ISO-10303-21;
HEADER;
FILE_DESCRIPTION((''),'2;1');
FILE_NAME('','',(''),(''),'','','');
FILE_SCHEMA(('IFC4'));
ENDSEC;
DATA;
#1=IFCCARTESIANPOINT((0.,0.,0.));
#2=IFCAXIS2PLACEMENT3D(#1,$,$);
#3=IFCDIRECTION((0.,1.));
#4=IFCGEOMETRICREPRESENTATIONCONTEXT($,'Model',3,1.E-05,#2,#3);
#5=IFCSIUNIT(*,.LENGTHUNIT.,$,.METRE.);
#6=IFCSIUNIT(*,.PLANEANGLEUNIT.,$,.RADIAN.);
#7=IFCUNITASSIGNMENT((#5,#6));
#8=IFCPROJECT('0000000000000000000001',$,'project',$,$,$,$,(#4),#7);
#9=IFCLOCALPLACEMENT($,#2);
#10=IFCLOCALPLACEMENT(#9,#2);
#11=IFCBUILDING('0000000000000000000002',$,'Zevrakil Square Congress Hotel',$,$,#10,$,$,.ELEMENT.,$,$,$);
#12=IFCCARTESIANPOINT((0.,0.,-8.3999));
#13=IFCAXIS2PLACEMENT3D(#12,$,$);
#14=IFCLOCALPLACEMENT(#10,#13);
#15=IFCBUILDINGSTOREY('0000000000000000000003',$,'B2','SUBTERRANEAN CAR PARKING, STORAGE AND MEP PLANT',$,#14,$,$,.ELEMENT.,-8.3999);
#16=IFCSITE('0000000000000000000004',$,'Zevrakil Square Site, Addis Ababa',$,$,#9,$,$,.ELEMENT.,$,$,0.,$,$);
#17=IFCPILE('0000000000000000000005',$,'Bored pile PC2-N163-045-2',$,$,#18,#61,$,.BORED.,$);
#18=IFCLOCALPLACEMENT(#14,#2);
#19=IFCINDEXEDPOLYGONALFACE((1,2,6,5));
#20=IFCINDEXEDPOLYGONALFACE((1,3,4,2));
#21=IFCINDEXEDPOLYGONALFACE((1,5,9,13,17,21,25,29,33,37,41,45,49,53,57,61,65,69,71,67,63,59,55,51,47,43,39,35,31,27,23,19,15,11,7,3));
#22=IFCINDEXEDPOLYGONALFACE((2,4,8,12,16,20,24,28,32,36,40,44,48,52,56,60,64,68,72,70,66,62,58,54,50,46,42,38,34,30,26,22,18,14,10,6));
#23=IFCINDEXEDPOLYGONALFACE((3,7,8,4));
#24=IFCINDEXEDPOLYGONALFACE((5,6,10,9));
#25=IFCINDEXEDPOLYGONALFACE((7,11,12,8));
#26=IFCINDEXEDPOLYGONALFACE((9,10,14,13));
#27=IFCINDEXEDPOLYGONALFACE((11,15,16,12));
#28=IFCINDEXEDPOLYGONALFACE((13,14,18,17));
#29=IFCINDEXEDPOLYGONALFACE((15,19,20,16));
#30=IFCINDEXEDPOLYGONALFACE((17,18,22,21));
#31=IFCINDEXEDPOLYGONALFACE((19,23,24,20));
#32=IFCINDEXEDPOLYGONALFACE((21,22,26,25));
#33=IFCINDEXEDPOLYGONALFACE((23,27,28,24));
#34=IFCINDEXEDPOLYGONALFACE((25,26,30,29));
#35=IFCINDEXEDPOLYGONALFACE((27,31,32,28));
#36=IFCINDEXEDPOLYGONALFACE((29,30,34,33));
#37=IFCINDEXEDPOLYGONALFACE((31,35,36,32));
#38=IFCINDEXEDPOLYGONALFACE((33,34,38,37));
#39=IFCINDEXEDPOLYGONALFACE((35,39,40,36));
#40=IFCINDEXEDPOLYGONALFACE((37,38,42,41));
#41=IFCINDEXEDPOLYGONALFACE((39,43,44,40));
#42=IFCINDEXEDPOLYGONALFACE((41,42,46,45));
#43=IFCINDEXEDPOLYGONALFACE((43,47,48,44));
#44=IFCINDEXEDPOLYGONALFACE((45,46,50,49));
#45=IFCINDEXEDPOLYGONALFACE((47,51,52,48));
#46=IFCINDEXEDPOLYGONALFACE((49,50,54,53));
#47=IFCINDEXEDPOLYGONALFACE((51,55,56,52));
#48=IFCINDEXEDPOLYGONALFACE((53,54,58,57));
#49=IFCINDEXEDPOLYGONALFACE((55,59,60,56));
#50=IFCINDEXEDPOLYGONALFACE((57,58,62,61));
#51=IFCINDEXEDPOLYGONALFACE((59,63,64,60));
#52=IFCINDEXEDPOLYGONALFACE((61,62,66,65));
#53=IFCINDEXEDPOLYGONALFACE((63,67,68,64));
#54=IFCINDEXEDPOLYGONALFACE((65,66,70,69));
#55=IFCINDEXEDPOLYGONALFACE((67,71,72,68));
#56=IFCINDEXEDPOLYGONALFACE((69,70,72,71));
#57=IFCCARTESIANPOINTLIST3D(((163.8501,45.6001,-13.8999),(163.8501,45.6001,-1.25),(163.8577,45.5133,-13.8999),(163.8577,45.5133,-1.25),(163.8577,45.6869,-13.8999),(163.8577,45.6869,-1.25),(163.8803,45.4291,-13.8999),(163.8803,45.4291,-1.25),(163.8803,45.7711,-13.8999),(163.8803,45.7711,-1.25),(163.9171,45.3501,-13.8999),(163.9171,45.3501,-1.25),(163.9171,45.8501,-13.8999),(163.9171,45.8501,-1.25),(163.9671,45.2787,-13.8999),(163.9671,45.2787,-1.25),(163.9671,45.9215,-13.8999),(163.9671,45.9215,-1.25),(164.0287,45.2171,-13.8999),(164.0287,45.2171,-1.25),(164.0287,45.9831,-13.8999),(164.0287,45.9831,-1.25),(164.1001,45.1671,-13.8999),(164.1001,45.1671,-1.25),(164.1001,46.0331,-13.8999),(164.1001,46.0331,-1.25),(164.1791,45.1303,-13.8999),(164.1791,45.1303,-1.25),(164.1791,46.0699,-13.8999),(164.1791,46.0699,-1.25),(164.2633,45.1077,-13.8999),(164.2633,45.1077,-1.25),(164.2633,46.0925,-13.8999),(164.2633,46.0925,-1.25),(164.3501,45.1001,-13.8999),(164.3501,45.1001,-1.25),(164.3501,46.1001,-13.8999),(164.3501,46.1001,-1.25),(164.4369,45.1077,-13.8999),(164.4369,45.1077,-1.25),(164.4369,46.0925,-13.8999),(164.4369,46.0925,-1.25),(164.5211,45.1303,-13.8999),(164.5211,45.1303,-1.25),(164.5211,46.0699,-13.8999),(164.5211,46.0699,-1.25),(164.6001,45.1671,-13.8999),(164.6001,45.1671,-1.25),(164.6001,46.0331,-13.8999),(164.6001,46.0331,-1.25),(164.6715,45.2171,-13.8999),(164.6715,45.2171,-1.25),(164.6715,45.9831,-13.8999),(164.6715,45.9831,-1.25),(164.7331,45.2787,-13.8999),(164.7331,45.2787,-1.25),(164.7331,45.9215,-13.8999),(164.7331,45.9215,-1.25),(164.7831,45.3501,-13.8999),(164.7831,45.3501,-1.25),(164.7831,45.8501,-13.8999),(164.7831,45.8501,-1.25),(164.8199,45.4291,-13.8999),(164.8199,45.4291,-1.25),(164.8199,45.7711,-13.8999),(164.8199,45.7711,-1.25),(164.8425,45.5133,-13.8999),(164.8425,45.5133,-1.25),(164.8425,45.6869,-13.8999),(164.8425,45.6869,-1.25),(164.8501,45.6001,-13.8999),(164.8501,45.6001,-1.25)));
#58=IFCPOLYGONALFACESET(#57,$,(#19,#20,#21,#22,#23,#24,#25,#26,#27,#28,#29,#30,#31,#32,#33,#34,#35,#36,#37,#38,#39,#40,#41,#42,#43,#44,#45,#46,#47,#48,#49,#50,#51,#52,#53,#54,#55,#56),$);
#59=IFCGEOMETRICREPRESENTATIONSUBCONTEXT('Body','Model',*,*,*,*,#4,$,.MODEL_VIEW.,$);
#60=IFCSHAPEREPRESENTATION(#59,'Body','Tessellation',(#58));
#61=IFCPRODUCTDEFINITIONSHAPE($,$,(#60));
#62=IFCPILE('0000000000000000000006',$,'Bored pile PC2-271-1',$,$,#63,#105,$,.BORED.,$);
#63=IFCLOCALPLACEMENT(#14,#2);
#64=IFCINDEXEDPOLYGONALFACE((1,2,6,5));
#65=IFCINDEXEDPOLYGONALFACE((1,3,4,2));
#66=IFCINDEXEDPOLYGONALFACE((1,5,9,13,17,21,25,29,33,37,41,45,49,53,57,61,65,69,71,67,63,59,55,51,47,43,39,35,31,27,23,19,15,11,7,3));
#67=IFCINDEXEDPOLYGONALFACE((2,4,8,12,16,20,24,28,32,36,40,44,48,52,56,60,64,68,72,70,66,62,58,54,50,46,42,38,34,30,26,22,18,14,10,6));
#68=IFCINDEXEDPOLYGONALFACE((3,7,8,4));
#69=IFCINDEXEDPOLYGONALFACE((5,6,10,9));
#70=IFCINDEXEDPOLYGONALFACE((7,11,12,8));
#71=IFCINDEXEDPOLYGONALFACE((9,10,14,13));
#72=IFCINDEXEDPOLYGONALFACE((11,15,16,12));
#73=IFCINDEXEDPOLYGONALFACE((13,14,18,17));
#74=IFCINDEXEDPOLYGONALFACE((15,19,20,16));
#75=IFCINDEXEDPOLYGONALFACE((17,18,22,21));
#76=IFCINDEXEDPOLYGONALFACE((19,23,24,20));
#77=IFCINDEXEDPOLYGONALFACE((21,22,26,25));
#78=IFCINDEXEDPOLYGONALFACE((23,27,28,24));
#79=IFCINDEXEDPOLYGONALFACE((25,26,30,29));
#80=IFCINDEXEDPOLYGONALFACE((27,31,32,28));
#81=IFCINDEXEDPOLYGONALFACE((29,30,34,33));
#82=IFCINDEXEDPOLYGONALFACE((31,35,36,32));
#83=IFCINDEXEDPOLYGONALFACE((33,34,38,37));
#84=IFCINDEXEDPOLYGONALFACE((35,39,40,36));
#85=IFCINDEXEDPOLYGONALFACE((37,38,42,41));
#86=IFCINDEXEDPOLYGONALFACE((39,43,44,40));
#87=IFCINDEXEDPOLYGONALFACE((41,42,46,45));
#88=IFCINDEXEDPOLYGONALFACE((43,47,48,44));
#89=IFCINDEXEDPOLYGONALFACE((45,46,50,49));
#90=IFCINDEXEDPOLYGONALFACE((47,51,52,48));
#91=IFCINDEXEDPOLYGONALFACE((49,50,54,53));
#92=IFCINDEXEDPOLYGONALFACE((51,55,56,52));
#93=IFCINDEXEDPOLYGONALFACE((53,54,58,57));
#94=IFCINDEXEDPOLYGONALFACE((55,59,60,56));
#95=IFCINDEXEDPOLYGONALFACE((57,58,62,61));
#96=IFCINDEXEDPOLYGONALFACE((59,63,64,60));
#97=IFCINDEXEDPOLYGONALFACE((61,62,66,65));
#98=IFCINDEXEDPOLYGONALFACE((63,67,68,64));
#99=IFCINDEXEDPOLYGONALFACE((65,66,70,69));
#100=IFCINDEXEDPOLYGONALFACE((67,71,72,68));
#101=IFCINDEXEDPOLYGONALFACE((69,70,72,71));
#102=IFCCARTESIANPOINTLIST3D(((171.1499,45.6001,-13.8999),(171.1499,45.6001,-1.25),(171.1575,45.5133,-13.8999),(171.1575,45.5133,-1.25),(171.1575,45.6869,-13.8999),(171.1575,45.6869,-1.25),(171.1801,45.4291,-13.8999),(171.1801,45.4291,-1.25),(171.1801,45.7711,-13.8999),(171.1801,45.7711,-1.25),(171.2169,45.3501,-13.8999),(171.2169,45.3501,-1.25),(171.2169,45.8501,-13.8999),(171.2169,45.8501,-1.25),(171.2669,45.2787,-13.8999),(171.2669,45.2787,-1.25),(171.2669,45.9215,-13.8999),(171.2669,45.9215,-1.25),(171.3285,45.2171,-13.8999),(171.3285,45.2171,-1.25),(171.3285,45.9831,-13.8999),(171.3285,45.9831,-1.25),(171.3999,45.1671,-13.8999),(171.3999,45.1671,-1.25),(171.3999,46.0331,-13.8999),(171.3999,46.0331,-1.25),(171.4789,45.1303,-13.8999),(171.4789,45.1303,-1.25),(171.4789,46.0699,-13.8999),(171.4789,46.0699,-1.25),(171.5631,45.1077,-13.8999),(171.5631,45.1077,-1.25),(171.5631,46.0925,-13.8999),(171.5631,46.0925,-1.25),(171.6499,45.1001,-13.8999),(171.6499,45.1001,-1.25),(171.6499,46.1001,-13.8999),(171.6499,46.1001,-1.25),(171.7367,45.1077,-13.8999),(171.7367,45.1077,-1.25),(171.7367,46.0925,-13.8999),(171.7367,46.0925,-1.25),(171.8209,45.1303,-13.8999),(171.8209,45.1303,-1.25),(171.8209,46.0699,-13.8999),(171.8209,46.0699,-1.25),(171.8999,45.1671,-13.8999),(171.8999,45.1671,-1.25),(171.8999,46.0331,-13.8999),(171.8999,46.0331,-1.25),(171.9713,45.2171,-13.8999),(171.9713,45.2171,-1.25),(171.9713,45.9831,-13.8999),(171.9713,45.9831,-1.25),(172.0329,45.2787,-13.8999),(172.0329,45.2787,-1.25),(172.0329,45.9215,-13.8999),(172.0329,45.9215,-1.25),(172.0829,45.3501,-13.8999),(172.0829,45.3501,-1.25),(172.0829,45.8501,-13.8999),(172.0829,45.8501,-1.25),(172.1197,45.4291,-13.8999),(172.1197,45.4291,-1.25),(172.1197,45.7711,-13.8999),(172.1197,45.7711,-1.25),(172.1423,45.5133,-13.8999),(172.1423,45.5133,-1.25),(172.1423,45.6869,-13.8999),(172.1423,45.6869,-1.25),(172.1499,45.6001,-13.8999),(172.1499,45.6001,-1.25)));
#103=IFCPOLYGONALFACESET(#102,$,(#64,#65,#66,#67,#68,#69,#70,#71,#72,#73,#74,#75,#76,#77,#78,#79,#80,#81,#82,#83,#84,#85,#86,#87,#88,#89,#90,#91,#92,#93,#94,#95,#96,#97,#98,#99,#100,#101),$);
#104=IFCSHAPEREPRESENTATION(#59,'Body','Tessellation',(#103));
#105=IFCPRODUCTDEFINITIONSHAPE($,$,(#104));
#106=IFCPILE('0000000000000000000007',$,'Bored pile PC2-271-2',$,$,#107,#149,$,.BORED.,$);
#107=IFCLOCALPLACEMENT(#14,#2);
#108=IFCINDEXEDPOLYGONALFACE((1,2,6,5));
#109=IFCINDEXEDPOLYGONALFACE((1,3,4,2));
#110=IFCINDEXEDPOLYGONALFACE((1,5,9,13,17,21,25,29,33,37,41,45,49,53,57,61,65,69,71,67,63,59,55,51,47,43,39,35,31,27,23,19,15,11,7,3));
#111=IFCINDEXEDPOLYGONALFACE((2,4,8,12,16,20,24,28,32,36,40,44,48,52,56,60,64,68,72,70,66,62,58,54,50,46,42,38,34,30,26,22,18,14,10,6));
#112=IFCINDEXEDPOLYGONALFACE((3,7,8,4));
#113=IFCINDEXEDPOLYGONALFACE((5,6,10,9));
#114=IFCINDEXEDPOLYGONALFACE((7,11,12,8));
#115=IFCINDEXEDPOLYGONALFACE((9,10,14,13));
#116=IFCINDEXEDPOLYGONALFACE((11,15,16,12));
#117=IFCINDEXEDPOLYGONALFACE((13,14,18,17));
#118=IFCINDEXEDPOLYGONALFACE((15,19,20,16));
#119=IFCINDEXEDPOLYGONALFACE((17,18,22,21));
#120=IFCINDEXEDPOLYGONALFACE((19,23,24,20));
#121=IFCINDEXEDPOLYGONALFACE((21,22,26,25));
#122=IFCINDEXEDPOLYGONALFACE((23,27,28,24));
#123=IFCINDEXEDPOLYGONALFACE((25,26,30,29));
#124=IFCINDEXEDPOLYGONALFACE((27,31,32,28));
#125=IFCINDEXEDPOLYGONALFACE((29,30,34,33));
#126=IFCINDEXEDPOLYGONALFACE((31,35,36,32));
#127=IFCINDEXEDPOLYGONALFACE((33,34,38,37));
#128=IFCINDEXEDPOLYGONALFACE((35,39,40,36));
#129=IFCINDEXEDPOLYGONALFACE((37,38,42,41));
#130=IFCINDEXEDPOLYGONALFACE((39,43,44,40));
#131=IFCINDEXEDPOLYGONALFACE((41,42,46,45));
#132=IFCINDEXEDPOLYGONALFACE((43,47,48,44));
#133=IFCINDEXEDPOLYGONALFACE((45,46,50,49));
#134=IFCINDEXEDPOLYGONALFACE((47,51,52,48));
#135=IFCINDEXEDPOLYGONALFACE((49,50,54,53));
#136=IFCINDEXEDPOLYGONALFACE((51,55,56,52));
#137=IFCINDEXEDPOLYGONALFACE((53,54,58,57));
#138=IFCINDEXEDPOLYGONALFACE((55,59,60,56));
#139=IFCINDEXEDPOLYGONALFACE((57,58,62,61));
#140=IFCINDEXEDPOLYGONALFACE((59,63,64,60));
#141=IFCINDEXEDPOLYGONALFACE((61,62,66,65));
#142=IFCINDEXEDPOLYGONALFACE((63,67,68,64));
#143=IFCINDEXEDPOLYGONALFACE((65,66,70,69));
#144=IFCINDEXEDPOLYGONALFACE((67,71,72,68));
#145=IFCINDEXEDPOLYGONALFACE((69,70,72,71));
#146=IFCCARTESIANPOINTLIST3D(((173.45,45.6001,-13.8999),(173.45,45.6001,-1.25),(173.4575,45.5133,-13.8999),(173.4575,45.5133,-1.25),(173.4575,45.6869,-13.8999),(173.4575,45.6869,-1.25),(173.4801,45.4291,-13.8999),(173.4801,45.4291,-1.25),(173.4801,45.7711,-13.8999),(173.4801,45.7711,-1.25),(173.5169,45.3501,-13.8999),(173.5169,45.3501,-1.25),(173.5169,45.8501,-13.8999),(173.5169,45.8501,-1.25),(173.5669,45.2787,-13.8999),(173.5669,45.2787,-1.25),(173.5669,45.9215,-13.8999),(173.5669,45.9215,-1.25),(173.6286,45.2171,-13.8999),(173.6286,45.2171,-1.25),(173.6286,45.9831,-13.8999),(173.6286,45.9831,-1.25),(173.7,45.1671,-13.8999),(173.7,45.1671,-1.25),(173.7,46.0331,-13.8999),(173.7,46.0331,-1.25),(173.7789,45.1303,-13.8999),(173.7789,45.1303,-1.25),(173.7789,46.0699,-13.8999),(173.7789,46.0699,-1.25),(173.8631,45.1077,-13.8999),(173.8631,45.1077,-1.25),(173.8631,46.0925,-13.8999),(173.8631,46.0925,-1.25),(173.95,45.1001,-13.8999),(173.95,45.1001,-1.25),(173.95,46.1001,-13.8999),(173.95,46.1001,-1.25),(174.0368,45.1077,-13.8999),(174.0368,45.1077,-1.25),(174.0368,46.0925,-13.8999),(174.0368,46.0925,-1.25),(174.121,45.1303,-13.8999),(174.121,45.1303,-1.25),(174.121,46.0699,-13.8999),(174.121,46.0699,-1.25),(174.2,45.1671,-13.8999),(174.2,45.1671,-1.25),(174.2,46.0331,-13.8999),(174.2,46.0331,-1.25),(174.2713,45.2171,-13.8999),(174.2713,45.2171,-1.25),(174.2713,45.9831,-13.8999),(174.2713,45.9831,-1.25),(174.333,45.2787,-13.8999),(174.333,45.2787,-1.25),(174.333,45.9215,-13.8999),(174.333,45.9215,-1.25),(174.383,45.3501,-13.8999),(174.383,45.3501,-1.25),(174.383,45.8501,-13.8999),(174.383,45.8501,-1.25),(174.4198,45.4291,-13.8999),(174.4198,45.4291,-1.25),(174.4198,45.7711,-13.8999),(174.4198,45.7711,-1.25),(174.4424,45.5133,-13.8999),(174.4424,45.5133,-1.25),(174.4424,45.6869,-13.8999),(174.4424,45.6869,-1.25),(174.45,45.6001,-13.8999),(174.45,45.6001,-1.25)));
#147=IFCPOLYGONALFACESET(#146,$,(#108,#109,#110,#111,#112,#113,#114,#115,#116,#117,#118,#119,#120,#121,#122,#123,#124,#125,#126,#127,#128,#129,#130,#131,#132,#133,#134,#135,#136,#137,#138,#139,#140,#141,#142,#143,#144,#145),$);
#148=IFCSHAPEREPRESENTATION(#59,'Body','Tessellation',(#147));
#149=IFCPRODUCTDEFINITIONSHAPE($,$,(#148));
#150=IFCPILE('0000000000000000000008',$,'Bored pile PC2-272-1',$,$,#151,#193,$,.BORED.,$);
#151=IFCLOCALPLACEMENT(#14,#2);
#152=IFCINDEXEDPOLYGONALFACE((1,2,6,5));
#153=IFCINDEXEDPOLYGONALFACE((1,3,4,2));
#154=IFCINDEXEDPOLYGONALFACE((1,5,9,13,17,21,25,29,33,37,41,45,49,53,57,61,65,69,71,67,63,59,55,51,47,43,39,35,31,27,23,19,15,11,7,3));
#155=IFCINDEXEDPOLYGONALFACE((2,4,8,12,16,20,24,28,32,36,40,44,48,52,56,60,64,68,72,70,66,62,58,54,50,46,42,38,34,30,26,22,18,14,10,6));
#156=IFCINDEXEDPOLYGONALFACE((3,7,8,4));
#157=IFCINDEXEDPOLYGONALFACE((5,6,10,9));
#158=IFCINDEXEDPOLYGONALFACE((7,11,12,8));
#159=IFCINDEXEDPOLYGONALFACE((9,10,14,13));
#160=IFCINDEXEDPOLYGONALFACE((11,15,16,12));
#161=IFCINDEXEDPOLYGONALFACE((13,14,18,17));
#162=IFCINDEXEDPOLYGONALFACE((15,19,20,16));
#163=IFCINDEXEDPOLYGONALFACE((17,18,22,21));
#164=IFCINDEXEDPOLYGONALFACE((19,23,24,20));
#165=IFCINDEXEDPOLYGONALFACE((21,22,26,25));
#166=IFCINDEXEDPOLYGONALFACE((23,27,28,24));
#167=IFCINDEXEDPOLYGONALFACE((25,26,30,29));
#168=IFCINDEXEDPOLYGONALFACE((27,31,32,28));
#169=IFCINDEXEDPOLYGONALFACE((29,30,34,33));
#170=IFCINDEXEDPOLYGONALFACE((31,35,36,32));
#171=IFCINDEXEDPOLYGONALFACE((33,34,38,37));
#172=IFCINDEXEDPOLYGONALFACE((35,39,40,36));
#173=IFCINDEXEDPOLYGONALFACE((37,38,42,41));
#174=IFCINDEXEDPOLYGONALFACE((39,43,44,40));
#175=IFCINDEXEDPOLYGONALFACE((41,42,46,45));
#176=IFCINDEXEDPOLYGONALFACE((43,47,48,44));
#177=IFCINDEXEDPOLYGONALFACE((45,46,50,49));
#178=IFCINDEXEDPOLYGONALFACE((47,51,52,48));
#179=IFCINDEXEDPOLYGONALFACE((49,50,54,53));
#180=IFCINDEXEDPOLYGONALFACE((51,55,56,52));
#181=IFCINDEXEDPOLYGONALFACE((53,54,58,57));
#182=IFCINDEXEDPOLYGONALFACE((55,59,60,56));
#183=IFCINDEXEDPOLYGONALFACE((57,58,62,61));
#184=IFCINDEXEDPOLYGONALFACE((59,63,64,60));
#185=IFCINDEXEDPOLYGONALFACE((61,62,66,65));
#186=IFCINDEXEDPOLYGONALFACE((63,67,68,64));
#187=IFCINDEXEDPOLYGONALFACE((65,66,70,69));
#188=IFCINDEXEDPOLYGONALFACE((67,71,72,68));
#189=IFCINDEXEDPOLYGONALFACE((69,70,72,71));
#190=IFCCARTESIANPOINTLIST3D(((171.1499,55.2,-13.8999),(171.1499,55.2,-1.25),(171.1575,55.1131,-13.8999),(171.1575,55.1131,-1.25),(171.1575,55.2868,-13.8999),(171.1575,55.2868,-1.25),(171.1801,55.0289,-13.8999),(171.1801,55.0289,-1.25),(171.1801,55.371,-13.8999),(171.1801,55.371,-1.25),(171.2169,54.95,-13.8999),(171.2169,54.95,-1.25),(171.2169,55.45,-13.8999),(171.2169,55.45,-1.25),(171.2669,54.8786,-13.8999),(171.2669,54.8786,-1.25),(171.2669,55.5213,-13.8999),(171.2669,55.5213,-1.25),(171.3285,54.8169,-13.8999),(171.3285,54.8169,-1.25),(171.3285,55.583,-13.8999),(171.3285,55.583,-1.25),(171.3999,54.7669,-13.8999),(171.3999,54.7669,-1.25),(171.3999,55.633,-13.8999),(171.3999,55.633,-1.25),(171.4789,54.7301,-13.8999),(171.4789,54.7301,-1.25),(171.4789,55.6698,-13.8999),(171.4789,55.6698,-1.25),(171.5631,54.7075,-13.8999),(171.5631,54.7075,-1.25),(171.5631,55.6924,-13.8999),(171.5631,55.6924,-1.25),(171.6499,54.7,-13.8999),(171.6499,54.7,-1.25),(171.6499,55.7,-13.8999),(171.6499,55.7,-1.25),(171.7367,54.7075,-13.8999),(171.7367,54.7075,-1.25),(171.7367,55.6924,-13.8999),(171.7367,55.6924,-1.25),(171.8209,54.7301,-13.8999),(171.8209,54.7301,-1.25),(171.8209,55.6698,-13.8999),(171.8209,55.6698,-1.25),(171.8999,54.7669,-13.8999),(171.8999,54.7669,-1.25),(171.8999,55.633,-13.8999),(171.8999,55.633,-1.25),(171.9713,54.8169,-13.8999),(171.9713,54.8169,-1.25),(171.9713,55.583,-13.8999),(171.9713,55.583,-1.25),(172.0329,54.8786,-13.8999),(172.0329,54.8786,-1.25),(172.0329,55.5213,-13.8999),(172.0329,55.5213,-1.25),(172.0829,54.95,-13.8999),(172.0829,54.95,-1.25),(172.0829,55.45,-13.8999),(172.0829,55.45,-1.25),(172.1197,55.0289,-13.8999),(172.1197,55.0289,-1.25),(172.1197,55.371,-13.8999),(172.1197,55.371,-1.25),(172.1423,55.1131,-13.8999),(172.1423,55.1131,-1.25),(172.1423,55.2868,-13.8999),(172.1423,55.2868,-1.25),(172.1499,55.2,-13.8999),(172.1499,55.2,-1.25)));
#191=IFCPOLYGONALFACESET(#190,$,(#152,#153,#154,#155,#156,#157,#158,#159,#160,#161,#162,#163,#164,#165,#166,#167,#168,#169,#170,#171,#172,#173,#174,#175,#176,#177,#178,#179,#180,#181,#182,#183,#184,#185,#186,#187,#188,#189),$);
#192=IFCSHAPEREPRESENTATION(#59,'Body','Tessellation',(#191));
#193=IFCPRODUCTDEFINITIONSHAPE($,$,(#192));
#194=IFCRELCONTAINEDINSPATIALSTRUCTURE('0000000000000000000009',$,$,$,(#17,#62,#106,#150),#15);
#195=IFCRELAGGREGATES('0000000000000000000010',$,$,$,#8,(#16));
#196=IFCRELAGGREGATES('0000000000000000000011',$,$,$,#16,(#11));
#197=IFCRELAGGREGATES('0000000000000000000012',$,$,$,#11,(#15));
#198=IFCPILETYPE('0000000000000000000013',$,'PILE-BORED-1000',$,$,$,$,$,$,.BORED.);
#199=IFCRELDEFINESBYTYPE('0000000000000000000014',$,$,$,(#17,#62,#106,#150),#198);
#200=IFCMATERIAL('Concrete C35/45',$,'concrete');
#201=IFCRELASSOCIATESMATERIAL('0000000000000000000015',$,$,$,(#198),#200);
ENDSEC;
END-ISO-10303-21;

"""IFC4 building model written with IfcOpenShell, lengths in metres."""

from ifc_helpers import new_model, si_unit, direction, frame, origin, origin_2d, place, context, subcontext, project, spatial, circle, extrude, material, material_profile, profile_set, type_object, element, save


model = new_model("IFC4")

# Units and contexts
model_context = context("Model", 3, precision=1e-05, world=origin(), true_north=direction((0.0, 1.0)))
body_context = subcontext(model_context, "Body", "Model", "MODEL_VIEW")
ifc_project = project(units=[si_unit("LENGTHUNIT", "METRE"), si_unit("PLANEANGLEUNIT", "RADIAN")], contexts=[model_context])

# Site, building, storey
site_placement = place(None, origin())
site = spatial("IfcSite", under=ifc_project, at=site_placement, Name="Zevrakil Square Site, Addis Ababa", CompositionType="ELEMENT", RefElevation=0.0)
building_placement = place(site_placement, origin())
building = spatial("IfcBuilding", under=site, at=building_placement, Name="Zevrakil Square Congress Hotel", CompositionType="ELEMENT")
storey_placement = place(building_placement, frame((0.0, 0.0, -8.3999)))
storey = spatial("IfcBuildingStorey", under=building, at=storey_placement, Name="B2", Description="SUBTERRANEAN CAR PARKING, STORAGE AND MEP PLANT", CompositionType="ELEMENT", Elevation=-8.3999)

# Piles
ifc_material_1 = material(Name="Concrete C35/45", Category="concrete")
ifc_material_profile_1 = material_profile(ifc_material_1, circle(Radius=0.5, at=origin_2d()), Name="PILE D1000")
ifc_profile_set_1 = profile_set([ifc_material_profile_1], Name="Concrete C35/45")
pile_type_1 = type_object("IfcPileType", Name="PILE-BORED-1000", PredefinedType="BORED", material=ifc_profile_set_1)
for number, where, z_axis, x_axis, name in (
    (1, (164.3501, 45.6001, -1.25), (0.0, 0.0, -1.0), (1.0, 0.0, 0.0), "Bored pile PC2-N163-045-2"),
    (2, (171.6499, 45.6001, -1.25), (0.0, 0.0, -1.0), (1.0, 0.0, 0.0), "Bored pile PC2-271-1"),
    (3, (173.95, 45.6001, -1.25), (0.0, 0.0, -1.0), (1.0, 0.0, 0.0), "Bored pile PC2-271-2"),
    (4, (171.6499, 55.2, -1.25), (0.0, 0.0, -1.0), (1.0, 0.0, 0.0), "Bored pile PC2-272-1"),
):
    element("IfcPile", number, at=place(storey_placement, frame(where, z_axis=z_axis, x_axis=x_axis)), inside=storey, type_object=pile_type_1, Name=name, PredefinedType="BORED", context=body_context, shape_type="SweptSolid", body=[
        extrude(circle(Radius=0.5, at=origin_2d()), origin(), (0.0, 0.0, 1.0), 12.6499),
    ])

save(model, "model.ifc")
